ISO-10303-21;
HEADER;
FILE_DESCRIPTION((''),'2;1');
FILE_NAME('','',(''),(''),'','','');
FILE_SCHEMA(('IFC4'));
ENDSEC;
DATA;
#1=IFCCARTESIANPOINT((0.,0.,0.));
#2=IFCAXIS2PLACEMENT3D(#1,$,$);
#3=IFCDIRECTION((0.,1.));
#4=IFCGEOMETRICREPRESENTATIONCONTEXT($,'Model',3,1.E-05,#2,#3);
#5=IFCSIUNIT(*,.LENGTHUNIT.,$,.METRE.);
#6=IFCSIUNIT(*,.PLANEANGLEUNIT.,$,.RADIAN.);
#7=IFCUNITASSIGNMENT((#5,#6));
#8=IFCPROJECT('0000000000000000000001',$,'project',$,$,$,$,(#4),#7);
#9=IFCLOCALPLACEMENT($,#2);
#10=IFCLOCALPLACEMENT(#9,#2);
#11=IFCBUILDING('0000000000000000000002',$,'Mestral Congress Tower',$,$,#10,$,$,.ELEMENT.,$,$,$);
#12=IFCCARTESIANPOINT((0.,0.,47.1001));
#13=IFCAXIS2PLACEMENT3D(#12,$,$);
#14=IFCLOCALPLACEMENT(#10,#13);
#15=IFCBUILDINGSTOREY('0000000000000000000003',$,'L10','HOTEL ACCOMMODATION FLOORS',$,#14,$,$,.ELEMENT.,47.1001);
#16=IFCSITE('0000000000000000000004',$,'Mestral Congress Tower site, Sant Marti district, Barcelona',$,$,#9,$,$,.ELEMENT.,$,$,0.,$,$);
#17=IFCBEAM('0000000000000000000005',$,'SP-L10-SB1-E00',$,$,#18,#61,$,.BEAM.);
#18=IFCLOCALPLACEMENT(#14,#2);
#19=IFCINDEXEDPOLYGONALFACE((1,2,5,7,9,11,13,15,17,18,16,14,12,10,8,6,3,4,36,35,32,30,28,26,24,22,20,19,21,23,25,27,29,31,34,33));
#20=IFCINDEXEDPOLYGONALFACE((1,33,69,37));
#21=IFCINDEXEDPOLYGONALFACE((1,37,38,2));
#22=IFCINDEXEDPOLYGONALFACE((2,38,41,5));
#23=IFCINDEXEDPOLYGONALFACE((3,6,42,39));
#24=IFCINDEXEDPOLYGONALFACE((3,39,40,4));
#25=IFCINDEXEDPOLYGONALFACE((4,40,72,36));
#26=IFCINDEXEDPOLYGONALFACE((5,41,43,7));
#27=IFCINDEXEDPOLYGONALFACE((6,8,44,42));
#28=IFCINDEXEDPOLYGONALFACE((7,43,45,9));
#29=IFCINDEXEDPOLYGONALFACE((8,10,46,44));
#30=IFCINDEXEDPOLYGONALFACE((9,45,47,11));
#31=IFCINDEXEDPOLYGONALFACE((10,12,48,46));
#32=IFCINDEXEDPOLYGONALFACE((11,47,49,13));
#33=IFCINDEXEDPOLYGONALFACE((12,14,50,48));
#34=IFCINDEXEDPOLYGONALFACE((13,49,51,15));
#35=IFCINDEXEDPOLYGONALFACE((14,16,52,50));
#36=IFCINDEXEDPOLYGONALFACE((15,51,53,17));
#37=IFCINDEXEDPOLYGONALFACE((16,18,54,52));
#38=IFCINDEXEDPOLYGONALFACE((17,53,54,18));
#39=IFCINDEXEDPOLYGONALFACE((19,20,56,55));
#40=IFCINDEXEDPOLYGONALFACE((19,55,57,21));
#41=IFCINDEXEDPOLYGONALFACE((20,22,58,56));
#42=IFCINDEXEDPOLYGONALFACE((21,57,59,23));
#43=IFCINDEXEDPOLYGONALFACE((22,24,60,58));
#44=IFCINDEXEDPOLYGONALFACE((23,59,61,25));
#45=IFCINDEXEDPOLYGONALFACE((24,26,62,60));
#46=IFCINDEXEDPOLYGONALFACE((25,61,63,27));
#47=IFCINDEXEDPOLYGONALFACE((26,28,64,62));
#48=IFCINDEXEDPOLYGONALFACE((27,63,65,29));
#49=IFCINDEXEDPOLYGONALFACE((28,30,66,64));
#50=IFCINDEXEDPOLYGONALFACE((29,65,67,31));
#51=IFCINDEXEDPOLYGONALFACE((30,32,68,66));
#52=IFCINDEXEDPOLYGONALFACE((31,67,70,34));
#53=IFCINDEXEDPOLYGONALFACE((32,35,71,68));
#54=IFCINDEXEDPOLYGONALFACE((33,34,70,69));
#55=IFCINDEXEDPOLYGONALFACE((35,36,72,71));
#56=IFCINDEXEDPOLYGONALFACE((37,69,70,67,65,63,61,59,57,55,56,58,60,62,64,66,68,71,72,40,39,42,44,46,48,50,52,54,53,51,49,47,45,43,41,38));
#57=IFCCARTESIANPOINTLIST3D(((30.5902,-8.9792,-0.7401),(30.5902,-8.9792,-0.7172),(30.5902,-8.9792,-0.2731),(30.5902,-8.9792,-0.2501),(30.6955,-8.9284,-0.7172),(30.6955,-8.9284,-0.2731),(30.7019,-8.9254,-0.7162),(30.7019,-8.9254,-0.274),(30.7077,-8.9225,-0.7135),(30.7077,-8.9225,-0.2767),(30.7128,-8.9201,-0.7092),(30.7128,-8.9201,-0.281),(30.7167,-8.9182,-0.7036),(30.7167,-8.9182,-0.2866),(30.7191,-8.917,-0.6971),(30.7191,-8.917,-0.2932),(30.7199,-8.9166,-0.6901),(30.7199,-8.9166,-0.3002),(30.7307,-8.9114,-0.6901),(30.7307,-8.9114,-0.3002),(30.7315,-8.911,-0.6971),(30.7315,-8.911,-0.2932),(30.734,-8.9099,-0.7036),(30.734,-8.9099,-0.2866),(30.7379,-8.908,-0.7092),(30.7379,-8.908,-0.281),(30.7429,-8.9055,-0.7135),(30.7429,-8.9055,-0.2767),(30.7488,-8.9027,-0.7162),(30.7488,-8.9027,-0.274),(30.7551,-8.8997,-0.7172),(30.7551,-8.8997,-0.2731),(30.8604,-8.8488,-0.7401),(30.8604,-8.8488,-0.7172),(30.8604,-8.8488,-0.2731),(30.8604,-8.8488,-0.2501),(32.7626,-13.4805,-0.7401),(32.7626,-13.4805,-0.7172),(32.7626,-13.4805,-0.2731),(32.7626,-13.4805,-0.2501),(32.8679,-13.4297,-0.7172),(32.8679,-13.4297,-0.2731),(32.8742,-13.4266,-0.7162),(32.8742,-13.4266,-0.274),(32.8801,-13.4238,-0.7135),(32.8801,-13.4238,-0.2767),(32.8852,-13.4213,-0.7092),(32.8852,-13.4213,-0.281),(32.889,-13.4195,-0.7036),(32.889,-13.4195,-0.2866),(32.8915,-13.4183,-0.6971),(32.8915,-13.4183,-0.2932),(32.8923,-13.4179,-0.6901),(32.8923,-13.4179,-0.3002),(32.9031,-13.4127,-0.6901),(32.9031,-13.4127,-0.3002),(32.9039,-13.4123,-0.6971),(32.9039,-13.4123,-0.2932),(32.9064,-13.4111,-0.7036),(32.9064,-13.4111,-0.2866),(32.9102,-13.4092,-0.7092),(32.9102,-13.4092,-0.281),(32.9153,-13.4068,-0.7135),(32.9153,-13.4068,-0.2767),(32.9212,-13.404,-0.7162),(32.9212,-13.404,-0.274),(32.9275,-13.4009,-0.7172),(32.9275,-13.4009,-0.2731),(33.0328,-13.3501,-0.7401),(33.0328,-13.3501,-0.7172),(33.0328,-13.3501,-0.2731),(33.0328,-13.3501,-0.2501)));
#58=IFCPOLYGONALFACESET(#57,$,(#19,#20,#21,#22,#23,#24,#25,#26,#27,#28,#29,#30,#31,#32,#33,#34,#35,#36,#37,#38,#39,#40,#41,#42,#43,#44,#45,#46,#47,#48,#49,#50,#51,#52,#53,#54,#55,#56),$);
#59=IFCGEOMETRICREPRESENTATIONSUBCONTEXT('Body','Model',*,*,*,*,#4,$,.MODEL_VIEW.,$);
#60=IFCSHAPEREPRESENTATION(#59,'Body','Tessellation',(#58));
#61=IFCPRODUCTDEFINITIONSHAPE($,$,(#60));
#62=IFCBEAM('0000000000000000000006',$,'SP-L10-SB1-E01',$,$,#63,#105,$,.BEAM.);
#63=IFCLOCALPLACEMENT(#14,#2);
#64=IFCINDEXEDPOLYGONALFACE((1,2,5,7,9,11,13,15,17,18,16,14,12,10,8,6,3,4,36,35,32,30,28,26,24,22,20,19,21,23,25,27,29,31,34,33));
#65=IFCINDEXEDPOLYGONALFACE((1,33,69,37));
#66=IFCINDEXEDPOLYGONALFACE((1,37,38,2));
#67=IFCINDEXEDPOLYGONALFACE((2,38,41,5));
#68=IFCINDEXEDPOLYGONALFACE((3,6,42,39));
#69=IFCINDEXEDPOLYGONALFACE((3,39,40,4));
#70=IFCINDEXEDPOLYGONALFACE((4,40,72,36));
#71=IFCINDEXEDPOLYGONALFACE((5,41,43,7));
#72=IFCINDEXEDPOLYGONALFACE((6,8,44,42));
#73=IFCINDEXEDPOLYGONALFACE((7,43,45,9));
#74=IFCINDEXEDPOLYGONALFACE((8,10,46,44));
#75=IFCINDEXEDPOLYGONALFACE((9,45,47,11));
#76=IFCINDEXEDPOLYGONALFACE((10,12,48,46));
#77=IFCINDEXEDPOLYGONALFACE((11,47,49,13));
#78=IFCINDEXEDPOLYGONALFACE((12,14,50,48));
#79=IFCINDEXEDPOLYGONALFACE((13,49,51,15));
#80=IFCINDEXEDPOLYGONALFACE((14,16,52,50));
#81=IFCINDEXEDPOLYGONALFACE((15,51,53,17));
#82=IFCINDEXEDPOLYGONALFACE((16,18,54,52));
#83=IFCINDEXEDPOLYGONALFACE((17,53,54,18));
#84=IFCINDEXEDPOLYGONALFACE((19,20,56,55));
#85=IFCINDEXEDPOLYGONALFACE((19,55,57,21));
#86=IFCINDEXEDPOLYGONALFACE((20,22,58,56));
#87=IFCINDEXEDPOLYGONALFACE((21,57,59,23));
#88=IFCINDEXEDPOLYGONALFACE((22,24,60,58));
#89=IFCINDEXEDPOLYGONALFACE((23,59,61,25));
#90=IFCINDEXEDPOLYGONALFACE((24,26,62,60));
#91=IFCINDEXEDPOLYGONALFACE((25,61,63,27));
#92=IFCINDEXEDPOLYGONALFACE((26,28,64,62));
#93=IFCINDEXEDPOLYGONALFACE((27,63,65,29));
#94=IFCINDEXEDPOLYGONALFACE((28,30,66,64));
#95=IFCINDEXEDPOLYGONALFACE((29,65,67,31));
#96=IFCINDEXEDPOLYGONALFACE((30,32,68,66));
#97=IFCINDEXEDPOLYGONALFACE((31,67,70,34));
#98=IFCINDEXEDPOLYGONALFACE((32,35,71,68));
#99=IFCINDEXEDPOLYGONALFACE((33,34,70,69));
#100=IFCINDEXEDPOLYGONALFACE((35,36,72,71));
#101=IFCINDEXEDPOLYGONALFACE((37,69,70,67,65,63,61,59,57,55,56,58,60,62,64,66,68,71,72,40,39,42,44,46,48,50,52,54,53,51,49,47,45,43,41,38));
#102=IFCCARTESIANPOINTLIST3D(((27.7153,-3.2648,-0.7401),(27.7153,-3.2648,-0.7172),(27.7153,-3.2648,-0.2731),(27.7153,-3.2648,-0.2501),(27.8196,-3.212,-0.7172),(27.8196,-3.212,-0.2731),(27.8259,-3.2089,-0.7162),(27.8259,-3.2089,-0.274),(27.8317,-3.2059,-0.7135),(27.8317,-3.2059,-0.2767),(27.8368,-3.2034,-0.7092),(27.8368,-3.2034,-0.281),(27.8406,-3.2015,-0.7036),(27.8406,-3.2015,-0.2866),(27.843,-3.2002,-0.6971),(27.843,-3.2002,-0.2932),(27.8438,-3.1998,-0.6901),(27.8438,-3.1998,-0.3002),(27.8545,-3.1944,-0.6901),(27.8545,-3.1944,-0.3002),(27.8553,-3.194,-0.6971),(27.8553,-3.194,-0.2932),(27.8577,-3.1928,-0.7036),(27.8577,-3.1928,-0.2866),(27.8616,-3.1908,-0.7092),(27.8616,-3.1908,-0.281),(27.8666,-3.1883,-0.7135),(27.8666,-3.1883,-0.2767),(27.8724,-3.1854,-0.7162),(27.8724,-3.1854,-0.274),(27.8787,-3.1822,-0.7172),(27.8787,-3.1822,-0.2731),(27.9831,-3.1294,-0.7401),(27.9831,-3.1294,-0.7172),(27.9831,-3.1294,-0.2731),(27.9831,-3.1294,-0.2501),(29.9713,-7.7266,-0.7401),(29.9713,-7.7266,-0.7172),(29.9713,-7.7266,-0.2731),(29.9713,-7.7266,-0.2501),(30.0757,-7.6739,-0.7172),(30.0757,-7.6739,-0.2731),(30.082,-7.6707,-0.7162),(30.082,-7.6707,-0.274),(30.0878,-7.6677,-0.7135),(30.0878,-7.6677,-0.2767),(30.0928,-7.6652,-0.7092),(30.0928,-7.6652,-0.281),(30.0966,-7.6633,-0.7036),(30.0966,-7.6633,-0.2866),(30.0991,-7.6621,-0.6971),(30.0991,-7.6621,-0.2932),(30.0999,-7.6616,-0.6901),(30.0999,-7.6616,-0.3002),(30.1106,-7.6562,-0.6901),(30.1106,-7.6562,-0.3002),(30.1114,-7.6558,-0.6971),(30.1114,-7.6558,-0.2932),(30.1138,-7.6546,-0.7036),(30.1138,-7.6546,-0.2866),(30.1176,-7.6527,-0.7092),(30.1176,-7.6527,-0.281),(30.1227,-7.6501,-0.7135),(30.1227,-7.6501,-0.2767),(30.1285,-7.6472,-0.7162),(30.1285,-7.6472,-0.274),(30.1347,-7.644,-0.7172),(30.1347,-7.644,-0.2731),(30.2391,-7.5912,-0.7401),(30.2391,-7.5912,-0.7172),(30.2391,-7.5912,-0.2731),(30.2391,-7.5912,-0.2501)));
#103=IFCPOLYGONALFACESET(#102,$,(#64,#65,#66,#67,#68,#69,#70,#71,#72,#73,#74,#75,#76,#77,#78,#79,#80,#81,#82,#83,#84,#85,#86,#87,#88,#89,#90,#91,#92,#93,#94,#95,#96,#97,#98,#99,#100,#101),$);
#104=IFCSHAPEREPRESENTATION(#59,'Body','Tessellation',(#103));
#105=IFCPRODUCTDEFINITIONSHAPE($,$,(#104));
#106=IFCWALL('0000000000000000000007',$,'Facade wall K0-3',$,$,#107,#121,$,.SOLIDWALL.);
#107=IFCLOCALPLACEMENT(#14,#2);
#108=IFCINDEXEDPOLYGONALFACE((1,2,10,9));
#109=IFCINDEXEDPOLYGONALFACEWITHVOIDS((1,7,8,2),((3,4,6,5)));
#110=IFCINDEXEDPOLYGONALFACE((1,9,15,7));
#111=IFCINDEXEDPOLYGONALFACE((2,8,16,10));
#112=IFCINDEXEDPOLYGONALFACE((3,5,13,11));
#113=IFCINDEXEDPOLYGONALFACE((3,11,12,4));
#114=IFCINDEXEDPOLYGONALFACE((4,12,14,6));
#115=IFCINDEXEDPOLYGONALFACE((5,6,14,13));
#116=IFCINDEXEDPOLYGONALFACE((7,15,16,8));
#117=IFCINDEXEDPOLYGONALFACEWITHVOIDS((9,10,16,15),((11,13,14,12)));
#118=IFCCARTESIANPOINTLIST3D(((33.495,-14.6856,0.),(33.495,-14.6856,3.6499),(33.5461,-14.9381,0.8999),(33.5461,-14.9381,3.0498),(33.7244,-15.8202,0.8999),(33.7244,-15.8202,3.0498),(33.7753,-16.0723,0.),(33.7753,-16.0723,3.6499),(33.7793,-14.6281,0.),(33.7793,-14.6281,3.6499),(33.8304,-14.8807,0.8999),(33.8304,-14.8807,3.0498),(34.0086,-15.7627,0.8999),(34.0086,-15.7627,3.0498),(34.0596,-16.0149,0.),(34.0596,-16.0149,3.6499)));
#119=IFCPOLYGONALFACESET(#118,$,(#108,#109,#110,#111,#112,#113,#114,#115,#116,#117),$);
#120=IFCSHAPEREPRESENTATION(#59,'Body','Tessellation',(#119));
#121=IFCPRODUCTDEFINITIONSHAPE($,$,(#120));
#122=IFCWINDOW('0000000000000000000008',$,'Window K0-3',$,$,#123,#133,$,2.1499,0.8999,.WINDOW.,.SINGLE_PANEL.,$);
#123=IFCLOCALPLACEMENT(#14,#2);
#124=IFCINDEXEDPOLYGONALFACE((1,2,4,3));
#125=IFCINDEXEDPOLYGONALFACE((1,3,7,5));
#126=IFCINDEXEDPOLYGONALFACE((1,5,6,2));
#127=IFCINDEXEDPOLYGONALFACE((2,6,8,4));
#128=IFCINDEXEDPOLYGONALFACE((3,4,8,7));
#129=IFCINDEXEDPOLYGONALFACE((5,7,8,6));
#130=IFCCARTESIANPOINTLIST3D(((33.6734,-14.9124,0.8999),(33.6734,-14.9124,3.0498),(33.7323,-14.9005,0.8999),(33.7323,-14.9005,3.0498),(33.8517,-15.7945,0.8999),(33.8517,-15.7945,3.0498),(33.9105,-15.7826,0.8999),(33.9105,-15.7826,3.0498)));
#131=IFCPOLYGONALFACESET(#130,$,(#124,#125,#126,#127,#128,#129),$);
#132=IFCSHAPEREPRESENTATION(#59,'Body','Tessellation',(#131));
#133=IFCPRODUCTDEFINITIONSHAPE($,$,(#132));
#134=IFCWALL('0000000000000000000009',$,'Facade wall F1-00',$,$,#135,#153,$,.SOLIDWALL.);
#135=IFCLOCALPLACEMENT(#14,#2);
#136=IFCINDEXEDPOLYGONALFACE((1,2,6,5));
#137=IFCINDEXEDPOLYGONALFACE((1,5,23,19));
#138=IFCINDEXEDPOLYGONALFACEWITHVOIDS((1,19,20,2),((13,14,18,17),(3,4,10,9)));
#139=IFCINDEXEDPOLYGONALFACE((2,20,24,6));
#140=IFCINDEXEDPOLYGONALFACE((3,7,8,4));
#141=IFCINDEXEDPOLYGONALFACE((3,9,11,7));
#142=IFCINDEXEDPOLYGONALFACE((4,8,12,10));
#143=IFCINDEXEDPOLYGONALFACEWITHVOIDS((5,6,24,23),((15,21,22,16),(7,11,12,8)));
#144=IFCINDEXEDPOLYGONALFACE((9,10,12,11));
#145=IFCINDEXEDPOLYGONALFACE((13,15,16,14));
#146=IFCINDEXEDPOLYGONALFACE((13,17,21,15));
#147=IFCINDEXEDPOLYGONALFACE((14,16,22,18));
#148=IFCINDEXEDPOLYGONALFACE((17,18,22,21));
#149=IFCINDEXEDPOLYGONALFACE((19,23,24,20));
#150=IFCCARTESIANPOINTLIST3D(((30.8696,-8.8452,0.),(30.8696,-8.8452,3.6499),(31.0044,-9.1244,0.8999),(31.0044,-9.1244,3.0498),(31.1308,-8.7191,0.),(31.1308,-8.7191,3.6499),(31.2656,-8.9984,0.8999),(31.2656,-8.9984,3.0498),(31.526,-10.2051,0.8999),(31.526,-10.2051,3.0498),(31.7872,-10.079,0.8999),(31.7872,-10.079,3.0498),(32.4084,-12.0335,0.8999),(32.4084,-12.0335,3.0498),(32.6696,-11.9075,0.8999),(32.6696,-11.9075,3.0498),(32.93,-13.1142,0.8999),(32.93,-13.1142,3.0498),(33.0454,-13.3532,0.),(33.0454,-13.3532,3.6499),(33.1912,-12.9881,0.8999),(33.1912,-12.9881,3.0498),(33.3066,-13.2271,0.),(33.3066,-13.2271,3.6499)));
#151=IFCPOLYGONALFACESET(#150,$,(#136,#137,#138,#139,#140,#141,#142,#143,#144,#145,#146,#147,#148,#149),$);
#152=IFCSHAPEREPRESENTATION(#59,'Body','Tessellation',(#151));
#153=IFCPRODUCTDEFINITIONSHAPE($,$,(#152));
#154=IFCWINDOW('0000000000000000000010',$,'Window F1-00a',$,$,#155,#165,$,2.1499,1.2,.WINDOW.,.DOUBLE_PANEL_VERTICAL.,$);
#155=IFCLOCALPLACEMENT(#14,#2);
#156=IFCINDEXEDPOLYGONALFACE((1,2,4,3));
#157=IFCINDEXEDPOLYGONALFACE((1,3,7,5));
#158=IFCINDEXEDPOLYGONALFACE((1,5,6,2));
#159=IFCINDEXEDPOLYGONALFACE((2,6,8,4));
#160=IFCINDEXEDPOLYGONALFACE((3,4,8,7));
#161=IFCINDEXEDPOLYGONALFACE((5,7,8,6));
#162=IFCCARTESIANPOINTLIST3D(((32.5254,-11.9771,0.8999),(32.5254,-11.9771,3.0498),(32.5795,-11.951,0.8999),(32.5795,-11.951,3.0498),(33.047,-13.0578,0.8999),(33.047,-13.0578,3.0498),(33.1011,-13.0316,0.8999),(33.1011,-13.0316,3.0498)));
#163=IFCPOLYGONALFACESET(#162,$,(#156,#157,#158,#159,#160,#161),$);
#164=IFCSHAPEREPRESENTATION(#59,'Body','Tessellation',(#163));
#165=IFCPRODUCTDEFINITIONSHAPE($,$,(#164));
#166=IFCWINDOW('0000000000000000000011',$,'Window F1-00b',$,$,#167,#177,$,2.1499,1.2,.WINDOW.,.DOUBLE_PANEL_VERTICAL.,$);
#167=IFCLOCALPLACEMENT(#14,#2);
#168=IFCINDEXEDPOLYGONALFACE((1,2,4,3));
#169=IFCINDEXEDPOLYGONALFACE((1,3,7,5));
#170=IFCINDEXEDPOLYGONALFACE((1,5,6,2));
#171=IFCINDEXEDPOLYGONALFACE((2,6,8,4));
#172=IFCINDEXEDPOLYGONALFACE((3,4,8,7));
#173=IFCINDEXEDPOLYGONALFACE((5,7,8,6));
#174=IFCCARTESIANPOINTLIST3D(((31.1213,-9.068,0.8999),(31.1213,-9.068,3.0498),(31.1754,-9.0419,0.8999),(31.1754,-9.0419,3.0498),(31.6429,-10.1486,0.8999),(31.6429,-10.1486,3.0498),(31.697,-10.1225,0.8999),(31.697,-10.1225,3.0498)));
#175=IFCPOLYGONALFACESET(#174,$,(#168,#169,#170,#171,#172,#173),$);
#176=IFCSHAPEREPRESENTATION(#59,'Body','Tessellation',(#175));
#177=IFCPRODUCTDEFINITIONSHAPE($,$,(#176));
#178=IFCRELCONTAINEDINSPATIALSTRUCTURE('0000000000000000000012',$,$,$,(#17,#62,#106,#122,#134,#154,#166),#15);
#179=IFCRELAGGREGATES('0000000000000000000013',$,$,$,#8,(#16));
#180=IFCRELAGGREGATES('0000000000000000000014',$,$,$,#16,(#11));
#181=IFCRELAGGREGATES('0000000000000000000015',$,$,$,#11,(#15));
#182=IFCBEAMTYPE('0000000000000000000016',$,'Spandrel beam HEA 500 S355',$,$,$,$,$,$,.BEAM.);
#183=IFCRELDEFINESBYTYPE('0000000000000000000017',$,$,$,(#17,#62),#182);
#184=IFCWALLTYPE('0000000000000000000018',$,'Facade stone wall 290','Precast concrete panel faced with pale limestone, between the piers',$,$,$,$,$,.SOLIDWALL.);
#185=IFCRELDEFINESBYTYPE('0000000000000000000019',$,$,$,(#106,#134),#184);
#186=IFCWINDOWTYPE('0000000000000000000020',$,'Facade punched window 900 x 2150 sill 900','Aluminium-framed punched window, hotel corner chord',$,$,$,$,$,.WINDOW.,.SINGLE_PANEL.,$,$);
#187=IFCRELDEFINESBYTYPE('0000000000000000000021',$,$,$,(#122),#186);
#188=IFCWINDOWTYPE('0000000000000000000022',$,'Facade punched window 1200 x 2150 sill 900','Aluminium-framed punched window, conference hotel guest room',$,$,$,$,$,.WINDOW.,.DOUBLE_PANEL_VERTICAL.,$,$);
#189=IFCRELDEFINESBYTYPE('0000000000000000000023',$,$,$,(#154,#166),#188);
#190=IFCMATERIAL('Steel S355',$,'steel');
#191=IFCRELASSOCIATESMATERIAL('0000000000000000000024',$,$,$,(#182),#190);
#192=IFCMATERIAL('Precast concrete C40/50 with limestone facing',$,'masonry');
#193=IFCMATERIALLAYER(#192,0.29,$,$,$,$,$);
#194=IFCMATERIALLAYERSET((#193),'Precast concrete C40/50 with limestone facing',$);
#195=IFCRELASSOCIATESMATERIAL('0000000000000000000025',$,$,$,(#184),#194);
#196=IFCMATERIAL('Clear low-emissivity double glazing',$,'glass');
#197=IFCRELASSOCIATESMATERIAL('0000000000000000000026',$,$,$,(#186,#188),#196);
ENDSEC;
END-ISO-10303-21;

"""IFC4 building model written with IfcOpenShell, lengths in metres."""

from ifc_helpers import new_model, si_unit, direction, frame, frame_2d, origin, origin_2d, place, context, subcontext, project, spatial, rectangle, i_section, extrude, material, layer, layer_set, material_profile, profile_set, type_object, element, fill, save


model = new_model("IFC4")

# Units and contexts
model_context = context("Model", 3, precision=1e-05, world=origin(), true_north=direction((0.0, 1.0)))
body_context = subcontext(model_context, "Body", "Model", "MODEL_VIEW")
ifc_project = project(units=[si_unit("LENGTHUNIT", "METRE"), si_unit("PLANEANGLEUNIT", "RADIAN")], contexts=[model_context])

# Site, building, storey
site_placement = place(None, origin())
site = spatial("IfcSite", under=ifc_project, at=site_placement, Name="Mestral Congress Tower site, Sant Marti district, Barcelona", CompositionType="ELEMENT", RefElevation=0.0)
building_placement = place(site_placement, origin())
building = spatial("IfcBuilding", under=site, at=building_placement, Name="Mestral Congress Tower", CompositionType="ELEMENT")
storey_placement = place(building_placement, frame((0.0, 0.0, 47.1001)))
storey = spatial("IfcBuildingStorey", under=building, at=storey_placement, Name="L10", Description="HOTEL ACCOMMODATION FLOORS", CompositionType="ELEMENT", Elevation=47.1001)

# Beams
ifc_material_1 = material(Name="Steel S355", Category="steel")
ifc_material_profile_1 = material_profile(ifc_material_1, i_section(OverallWidth=0.3, OverallDepth=0.49, WebThickness=0.012, FlangeThickness=0.0229, FilletRadius=0.0271, at=origin_2d()), Name="HEA 500")
ifc_profile_set_1 = profile_set([ifc_material_profile_1], Name="Steel S355")
beam_type_1 = type_object("IfcBeamType", Name="Spandrel beam HEA 500 S355", PredefinedType="BEAM", material=ifc_profile_set_1)
beam_1_placement = place(storey_placement, frame((32.8977, -13.4153, -0.4951), z_axis=(-0.434645, 0.900602, 0.0), x_axis=(-0.900602, -0.434645, 0.0)))
element("IfcBeam", 1, at=beam_1_placement, inside=storey, type_object=beam_type_1, Name="SP-L10-SB1-E00", PredefinedType="BEAM", context=body_context, shape_type="SweptSolid", body=[
    extrude(i_section(OverallWidth=0.3, OverallDepth=0.49, WebThickness=0.012, FlangeThickness=0.0229, FilletRadius=0.0271, at=origin_2d()), origin(), (0.0, 0.0, 1.0), 4.998),
])
beam_2_placement = place(storey_placement, frame((30.1052, -7.6589, -0.4951), z_axis=(-0.451233, 0.892406, 0.0), x_axis=(-0.892406, -0.451233, 0.0)))
element("IfcBeam", 2, at=beam_2_placement, inside=storey, type_object=beam_type_1, Name="SP-L10-SB1-E01", PredefinedType="BEAM", context=body_context, shape_type="SweptSolid", body=[
    extrude(i_section(OverallWidth=0.3, OverallDepth=0.49, WebThickness=0.012, FlangeThickness=0.0229, FilletRadius=0.0271, at=origin_2d()), origin(), (0.0, 0.0, 1.0), 4.9998),
])

# Wall, opening, window
ifc_material_2 = material(Name="Precast concrete C40/50 with limestone facing", Category="masonry")
ifc_layer_1 = layer(ifc_material_2, 0.29)
ifc_layer_set_1 = layer_set([ifc_layer_1], Name="Precast concrete C40/50 with limestone facing")
wall_type_1 = type_object("IfcWallType", Name="Facade stone wall 290", Description="Precast concrete panel faced with pale limestone, between the piers", PredefinedType="SOLIDWALL", material=ifc_layer_set_1)
wall_1_placement = place(storey_placement, frame((33.9175, -16.0437, 0.0), z_axis=(0.0, 0.0, 1.0), x_axis=(-0.198107, 0.98018, 0.0)))
wall_1 = element("IfcWall", 3, at=wall_1_placement, inside=storey, type_object=wall_type_1, Name="Facade wall K0-3", PredefinedType="SOLIDWALL", context=body_context, shape_type="SweptSolid", body=[
    extrude(rectangle(XDim=1.4148, YDim=0.29, at=frame_2d((0.7075, 0.0))), origin(), (0.0, 0.0, 1.0), 3.6499),
])
opening_1_placement = place(wall_1_placement, frame((0.2573, 0.0, 0.8999)))
opening_1 = element("IfcOpeningElement", 4, at=opening_1_placement, cuts=wall_1, PredefinedType="OPENING", context=body_context, shape_type="SweptSolid", body=[
    extrude(rectangle(XDim=0.8999, YDim=2.1499, at=frame_2d((0.45, 1.075))), frame((0.0, 0.155, 0.0), z_axis=(0.0, -1.0, 0.0), x_axis=(1.0, 0.0, 0.0)), (0.0, 0.0, 1.0), 0.3101),
])
ifc_material_3 = material(Name="Clear low-emissivity double glazing", Category="glass")
window_type_1 = type_object("IfcWindowType", Name="Facade punched window 900 x 2150 sill 900", Description="Aluminium-framed punched window, hotel corner chord", PartitioningType="SINGLE_PANEL", PredefinedType="WINDOW", material=ifc_material_3)
window_1_placement = place(opening_1_placement, origin())
window_1 = element("IfcWindow", 5, at=window_1_placement, inside=storey, type_object=window_type_1, Name="Window K0-3", OverallHeight=2.1499, OverallWidth=0.8999, PartitioningType="SINGLE_PANEL", PredefinedType="WINDOW", context=body_context, shape_type="SweptSolid", body=[
    extrude(rectangle(XDim=0.8999, YDim=2.1499, at=frame_2d((0.45, 1.075))), frame((0.0, 0.0151, 0.0), z_axis=(0.0, -1.0, 0.0), x_axis=(1.0, 0.0, 0.0)), (0.0, 0.0, 1.0), 0.0601),
])
fill(opening_1, window_1)

# Wall, openings, windows
wall_2_placement = place(storey_placement, frame((33.176, -13.2903, 0.0), z_axis=(0.0, 0.0, 1.0), x_axis=(-0.434664, 0.900592, 0.0)))
wall_2 = element("IfcWall", 6, at=wall_2_placement, inside=storey, type_object=wall_type_1, Name="Facade wall F1-00", PredefinedType="SOLIDWALL", context=body_context, shape_type="SweptSolid", body=[
    extrude(rectangle(XDim=5.0056, YDim=0.29, at=frame_2d((2.5029, 0.0))), origin(), (0.0, 0.0, 1.0), 3.6499),
])
opening_2_placement = place(wall_2_placement, frame((0.2654, 0.0, 0.8999)))
opening_2 = element("IfcOpeningElement", 7, at=opening_2_placement, cuts=wall_2, PredefinedType="OPENING", context=body_context, shape_type="SweptSolid", body=[
    extrude(rectangle(XDim=1.2, YDim=2.1499, at=frame_2d((0.6001, 1.075))), frame((0.0, 0.155, 0.0), z_axis=(0.0, -1.0, 0.0), x_axis=(1.0, 0.0, 0.0)), (0.0, 0.0, 1.0), 0.3101),
])
opening_3_placement = place(wall_2_placement, frame((3.4956, 0.0, 0.8999)))
opening_3 = element("IfcOpeningElement", 8, at=opening_3_placement, cuts=wall_2, PredefinedType="OPENING", context=body_context, shape_type="SweptSolid", body=[
    extrude(rectangle(XDim=1.2, YDim=2.1499, at=frame_2d((0.6001, 1.075))), frame((0.0, 0.155, 0.0), z_axis=(0.0, -1.0, 0.0), x_axis=(1.0, 0.0, 0.0)), (0.0, 0.0, 1.0), 0.3101),
])
window_type_2 = type_object("IfcWindowType", Name="Facade punched window 1200 x 2150 sill 900", Description="Aluminium-framed punched window, conference hotel guest room", PartitioningType="DOUBLE_PANEL_VERTICAL", PredefinedType="WINDOW", material=ifc_material_3)
window_2_placement = place(opening_2_placement, origin())
window_2 = element("IfcWindow", 9, at=window_2_placement, inside=storey, type_object=window_type_2, Name="Window F1-00a", OverallHeight=2.1499, OverallWidth=1.2, PartitioningType="DOUBLE_PANEL_VERTICAL", PredefinedType="WINDOW", context=body_context, shape_type="SweptSolid", body=[
    extrude(rectangle(XDim=1.2, YDim=2.1499, at=frame_2d((0.6001, 1.075))), frame((0.0, 0.0151, 0.0), z_axis=(0.0, -1.0, 0.0), x_axis=(1.0, 0.0, 0.0)), (0.0, 0.0, 1.0), 0.0601),
])
fill(opening_2, window_2)
window_3_placement = place(opening_3_placement, origin())
window_3 = element("IfcWindow", 10, at=window_3_placement, inside=storey, type_object=window_type_2, Name="Window F1-00b", OverallHeight=2.1499, OverallWidth=1.2, PartitioningType="DOUBLE_PANEL_VERTICAL", PredefinedType="WINDOW", context=body_context, shape_type="SweptSolid", body=[
    extrude(rectangle(XDim=1.2, YDim=2.1499, at=frame_2d((0.6001, 1.075))), frame((0.0, 0.0151, 0.0), z_axis=(0.0, -1.0, 0.0), x_axis=(1.0, 0.0, 0.0)), (0.0, 0.0, 1.0), 0.0601),
])
fill(opening_3, window_3)

save(model, "model.ifc")
